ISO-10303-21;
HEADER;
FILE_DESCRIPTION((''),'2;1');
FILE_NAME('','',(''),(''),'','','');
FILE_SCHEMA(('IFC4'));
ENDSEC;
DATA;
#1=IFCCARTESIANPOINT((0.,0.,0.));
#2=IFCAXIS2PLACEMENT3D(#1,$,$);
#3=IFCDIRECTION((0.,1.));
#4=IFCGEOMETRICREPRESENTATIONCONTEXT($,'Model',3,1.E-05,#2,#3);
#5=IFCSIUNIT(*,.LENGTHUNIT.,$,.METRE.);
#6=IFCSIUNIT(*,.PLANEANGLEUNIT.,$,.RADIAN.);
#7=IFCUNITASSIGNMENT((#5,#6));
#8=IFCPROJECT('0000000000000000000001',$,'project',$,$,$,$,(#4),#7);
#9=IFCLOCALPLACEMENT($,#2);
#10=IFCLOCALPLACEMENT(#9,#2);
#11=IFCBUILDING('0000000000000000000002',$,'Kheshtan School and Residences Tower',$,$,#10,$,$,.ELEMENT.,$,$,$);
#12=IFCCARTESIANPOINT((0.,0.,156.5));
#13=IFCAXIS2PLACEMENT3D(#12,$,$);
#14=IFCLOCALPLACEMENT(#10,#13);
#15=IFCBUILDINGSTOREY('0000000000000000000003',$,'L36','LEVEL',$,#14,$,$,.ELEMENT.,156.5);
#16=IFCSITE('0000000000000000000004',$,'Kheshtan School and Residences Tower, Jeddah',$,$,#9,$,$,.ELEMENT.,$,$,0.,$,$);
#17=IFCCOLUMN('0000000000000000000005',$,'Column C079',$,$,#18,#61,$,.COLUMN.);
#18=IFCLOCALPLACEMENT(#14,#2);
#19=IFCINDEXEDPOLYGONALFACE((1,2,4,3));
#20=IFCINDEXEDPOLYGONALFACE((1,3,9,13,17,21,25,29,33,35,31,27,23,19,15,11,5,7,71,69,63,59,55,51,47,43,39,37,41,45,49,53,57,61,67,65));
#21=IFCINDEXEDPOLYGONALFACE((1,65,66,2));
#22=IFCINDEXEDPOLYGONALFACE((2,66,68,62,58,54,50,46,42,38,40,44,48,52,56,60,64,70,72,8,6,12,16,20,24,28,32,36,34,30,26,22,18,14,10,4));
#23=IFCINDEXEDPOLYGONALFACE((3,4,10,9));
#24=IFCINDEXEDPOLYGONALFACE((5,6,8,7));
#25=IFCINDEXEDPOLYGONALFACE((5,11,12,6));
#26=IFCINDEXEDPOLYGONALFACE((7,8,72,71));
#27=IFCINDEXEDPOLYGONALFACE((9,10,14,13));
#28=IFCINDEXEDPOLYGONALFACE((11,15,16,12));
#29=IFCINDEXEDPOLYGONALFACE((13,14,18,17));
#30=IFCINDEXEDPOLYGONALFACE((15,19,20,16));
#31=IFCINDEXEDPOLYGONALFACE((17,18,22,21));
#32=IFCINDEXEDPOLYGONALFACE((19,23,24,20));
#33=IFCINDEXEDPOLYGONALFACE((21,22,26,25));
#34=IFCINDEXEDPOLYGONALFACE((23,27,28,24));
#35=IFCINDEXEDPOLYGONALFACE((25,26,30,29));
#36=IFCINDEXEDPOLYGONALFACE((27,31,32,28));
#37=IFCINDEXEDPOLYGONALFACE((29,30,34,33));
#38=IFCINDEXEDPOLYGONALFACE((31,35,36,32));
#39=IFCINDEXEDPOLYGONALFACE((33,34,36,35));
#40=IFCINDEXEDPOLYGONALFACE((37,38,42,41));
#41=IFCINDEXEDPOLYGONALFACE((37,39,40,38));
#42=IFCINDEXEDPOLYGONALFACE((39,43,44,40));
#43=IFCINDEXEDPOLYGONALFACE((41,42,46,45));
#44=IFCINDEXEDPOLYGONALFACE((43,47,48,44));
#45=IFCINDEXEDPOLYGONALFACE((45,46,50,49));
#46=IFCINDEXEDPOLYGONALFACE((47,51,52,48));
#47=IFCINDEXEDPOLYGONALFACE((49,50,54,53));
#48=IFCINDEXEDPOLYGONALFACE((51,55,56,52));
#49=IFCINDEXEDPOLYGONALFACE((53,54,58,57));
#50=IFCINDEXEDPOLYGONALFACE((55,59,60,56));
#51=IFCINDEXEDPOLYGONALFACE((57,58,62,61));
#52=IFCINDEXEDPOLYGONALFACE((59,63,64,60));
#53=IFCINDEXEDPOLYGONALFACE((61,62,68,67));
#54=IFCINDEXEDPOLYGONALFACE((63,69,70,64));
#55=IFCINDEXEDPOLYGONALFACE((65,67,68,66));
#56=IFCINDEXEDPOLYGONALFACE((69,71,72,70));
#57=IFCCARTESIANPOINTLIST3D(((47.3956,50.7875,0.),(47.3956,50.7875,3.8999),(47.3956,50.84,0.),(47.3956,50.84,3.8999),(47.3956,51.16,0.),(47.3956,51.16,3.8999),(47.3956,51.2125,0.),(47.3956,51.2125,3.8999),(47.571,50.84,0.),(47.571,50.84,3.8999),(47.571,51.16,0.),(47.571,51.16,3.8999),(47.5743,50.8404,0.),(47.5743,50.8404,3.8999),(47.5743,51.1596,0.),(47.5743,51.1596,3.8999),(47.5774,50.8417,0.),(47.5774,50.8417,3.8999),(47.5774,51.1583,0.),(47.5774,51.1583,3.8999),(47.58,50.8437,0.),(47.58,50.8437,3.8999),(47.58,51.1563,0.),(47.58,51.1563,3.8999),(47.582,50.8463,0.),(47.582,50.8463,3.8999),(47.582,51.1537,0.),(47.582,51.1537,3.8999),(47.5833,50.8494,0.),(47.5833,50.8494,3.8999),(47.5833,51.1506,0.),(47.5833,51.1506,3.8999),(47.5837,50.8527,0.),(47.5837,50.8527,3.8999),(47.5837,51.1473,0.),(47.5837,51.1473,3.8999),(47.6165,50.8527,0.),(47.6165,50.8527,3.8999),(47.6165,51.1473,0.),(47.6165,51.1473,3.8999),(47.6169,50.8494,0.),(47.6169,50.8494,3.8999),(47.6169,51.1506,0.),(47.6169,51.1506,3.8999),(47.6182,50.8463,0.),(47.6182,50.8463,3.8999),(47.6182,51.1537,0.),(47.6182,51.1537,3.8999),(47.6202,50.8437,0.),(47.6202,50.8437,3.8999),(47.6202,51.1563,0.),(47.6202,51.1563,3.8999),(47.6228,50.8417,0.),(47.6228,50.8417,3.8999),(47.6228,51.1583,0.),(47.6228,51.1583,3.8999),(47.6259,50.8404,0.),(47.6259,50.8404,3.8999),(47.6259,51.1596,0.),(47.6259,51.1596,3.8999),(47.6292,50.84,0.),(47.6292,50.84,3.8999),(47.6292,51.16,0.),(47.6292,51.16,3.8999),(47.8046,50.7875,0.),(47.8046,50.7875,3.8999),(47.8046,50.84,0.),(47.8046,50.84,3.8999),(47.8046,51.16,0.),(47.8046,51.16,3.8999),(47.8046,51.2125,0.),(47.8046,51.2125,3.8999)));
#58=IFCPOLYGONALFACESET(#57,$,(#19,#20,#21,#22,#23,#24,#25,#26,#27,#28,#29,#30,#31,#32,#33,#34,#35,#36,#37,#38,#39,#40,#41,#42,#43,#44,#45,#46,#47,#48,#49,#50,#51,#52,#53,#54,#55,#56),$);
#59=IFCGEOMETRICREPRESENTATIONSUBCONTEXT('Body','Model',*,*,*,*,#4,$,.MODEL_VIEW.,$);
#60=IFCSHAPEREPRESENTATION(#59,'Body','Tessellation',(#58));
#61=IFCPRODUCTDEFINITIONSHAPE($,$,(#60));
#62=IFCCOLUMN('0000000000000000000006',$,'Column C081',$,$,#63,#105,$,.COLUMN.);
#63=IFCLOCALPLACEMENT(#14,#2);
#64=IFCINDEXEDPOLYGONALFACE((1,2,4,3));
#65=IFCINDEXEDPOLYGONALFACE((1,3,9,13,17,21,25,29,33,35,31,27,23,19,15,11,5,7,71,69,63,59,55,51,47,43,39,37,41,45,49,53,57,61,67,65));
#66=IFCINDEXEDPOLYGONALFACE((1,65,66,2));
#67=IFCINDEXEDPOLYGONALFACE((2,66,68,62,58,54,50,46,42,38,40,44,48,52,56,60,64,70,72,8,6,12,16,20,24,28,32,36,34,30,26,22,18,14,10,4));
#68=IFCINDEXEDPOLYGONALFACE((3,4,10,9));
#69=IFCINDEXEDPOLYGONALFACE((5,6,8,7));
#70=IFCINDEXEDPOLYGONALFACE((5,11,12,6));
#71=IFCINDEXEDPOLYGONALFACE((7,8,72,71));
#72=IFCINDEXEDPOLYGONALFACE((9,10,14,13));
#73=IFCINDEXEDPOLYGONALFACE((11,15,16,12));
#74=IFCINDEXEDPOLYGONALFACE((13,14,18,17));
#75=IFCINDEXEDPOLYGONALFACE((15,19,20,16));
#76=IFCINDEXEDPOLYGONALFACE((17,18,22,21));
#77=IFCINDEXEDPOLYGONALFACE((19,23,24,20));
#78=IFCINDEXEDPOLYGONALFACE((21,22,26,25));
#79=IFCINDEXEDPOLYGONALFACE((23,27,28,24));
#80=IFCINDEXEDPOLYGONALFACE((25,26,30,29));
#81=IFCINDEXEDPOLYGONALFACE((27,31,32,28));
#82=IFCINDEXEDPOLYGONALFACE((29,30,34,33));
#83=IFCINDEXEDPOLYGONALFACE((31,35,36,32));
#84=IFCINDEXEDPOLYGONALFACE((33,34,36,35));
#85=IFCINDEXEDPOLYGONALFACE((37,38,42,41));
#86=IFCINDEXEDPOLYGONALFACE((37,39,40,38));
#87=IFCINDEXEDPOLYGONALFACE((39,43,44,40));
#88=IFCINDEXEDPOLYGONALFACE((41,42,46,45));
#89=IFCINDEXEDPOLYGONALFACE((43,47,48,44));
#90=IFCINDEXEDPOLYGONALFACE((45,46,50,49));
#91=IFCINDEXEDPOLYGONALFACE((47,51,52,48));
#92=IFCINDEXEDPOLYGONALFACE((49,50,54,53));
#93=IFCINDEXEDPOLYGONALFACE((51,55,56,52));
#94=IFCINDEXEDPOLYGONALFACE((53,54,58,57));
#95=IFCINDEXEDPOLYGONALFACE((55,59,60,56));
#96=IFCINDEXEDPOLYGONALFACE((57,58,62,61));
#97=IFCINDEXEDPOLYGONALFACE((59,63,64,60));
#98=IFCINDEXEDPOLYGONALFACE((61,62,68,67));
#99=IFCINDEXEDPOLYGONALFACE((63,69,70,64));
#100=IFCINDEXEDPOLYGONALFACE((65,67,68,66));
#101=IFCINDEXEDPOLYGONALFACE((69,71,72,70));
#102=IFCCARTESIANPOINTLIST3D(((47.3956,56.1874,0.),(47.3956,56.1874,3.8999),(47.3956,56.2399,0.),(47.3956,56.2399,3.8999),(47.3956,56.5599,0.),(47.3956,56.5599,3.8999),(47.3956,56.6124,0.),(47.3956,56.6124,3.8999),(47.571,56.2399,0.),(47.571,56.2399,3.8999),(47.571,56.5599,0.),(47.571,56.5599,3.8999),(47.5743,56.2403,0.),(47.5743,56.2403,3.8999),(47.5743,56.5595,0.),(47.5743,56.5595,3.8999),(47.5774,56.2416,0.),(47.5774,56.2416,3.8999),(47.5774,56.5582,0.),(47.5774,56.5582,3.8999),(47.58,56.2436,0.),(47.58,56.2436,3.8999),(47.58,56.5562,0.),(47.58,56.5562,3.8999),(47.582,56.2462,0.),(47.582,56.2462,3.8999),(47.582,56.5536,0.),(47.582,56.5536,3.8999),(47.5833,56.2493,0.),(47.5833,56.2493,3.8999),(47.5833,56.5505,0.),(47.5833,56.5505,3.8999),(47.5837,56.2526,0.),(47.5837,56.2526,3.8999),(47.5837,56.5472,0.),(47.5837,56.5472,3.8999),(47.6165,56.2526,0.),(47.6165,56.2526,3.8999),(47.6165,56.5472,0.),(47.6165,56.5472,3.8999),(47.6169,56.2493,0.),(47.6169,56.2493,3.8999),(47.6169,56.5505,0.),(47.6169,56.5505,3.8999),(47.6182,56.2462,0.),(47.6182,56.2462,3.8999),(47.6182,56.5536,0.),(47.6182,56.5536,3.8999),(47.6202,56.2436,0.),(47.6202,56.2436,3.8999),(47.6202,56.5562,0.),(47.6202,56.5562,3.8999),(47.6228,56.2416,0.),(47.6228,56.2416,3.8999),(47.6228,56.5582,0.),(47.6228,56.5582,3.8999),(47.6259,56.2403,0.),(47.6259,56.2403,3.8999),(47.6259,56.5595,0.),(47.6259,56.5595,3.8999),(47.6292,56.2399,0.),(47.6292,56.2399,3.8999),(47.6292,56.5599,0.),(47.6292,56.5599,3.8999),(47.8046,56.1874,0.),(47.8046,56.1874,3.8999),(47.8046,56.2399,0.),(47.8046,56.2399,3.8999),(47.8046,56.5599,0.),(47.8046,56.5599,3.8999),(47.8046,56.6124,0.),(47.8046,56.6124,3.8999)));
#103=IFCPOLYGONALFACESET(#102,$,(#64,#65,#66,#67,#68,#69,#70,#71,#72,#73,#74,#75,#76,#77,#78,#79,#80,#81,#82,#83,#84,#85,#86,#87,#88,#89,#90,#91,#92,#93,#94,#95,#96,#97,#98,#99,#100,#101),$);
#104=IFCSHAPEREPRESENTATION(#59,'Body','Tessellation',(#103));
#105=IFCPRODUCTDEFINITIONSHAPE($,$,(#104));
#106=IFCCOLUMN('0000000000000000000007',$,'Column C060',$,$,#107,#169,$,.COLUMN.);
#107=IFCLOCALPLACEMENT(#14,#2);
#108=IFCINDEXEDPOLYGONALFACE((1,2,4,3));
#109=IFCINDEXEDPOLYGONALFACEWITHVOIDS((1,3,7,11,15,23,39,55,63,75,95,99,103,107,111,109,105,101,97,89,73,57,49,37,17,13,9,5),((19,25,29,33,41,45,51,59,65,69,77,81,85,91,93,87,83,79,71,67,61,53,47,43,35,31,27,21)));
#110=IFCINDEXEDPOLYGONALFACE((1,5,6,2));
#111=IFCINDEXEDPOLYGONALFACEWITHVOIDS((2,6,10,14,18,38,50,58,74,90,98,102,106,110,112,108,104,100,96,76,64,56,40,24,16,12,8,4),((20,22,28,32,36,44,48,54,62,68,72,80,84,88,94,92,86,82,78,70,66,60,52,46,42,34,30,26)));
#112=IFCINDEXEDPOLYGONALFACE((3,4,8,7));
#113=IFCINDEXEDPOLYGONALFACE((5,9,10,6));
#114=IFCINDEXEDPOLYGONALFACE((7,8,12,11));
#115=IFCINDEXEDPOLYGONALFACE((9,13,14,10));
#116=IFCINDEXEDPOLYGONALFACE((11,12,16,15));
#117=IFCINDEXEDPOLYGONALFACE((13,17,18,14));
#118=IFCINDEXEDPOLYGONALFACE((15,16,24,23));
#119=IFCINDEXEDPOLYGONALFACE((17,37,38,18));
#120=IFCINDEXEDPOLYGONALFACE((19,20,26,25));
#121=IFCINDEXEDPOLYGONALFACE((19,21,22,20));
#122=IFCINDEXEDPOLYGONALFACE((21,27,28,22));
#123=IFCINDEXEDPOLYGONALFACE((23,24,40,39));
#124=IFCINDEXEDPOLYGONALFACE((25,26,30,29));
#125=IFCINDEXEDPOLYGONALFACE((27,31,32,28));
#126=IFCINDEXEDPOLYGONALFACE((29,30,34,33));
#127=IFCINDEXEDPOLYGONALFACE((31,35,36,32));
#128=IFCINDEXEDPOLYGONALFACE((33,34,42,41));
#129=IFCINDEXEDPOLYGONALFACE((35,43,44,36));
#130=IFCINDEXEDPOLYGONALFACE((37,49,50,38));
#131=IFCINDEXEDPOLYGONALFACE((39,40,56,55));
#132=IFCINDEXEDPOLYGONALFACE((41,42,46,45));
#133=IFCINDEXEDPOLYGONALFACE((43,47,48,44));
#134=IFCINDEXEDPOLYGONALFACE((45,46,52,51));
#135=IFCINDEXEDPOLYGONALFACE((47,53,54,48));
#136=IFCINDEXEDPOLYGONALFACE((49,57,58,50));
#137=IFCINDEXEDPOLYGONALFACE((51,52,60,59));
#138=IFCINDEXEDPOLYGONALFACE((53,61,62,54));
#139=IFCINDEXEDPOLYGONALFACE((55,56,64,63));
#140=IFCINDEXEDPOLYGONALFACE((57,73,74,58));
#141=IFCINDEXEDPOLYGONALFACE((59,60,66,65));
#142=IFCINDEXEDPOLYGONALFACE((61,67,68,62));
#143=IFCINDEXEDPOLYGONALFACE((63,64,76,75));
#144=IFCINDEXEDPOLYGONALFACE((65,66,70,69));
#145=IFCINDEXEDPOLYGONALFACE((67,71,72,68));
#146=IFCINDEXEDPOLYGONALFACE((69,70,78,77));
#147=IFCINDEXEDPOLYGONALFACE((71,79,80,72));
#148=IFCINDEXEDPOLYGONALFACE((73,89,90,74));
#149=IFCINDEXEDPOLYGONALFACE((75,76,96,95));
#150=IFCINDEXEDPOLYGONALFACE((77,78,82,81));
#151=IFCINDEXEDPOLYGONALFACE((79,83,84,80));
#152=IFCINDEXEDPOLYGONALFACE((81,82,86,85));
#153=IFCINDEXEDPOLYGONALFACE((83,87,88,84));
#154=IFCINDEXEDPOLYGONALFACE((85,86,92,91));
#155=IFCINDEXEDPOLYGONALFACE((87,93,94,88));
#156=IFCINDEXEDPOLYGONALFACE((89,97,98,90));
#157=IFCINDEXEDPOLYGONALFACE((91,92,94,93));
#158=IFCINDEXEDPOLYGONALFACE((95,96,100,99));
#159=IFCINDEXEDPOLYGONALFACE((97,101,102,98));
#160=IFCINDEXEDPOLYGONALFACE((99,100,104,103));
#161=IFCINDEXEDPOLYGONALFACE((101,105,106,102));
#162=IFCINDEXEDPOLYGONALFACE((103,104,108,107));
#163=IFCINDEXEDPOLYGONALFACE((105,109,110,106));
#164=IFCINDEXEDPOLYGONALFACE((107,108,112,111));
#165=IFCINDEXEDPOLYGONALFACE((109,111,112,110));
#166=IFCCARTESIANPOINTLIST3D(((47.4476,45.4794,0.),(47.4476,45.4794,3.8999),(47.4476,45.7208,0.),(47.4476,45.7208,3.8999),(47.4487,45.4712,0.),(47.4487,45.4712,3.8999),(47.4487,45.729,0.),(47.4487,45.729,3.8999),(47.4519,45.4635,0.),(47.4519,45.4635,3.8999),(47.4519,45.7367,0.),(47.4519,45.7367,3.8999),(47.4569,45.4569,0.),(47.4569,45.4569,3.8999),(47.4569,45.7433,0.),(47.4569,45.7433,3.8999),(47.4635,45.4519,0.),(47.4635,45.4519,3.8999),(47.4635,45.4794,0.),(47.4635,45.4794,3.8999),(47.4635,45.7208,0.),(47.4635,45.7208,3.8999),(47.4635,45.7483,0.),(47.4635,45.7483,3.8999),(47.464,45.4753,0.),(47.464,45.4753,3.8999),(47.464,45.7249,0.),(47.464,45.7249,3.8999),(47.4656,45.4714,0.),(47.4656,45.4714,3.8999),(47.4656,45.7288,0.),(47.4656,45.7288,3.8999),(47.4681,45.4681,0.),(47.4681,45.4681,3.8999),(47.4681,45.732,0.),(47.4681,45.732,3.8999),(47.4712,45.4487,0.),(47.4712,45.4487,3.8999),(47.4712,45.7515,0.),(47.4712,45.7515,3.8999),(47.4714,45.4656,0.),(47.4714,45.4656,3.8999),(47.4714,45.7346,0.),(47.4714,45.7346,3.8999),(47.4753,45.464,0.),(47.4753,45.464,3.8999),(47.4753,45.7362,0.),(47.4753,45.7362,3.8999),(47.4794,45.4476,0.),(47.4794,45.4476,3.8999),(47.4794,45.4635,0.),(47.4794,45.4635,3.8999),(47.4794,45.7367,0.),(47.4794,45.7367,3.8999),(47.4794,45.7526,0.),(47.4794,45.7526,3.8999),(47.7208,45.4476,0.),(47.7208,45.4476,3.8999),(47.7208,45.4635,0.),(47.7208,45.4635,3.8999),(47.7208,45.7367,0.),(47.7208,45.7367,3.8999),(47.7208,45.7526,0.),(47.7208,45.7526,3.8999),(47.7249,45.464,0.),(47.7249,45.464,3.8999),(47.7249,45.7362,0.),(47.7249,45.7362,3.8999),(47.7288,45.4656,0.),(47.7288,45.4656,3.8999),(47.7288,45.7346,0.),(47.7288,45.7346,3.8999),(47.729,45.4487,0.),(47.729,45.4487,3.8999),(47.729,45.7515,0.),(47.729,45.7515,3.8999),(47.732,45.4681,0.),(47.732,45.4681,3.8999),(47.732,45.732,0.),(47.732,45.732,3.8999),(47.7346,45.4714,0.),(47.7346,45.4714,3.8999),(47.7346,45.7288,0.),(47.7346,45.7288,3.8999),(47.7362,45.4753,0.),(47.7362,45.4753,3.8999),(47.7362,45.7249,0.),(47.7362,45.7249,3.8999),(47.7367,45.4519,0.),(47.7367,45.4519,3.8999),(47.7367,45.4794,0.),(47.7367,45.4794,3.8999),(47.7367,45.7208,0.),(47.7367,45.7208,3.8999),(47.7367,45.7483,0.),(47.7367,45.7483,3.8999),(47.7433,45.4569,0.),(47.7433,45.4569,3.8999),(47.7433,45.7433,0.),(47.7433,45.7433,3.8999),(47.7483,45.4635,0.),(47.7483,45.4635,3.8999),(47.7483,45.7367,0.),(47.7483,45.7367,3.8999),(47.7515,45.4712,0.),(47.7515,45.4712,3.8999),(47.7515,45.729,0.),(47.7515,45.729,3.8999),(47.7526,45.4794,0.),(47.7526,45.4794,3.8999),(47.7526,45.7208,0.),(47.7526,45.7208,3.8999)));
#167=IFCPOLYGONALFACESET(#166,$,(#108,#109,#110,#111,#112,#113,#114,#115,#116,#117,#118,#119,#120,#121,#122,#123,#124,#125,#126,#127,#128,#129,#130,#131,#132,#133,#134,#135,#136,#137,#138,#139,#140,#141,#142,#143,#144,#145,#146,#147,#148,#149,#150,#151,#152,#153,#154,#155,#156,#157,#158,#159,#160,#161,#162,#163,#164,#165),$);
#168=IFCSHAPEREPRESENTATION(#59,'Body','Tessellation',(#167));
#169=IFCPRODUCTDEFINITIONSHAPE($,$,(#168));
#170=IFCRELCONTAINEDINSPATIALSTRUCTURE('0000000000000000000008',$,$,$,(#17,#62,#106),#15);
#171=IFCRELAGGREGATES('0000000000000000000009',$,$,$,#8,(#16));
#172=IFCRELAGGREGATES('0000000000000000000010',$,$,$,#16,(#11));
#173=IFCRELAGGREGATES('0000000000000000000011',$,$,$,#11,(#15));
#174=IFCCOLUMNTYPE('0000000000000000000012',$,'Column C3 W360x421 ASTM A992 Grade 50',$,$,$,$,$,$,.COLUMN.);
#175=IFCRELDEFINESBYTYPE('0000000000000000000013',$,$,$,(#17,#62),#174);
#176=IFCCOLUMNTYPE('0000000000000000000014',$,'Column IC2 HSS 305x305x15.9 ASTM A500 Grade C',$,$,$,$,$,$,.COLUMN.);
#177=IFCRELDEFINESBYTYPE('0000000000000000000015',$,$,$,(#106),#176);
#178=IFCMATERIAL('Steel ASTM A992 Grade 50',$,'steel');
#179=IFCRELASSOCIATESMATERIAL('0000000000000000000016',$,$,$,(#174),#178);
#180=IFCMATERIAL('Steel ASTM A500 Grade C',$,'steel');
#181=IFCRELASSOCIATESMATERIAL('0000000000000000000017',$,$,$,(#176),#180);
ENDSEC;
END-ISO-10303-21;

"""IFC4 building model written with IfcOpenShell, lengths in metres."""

from ifc_helpers import new_model, si_unit, direction, frame, origin, origin_2d, place, context, subcontext, project, spatial, hollow_rectangle, i_section, extrude, material, material_profile, profile_set, type_object, element, save


model = new_model("IFC4")

# Units and contexts
model_context = context("Model", 3, precision=1e-05, world=origin(), true_north=direction((0.0, 1.0)))
body_context = subcontext(model_context, "Body", "Model", "MODEL_VIEW")
ifc_project = project(units=[si_unit("LENGTHUNIT", "METRE"), si_unit("PLANEANGLEUNIT", "RADIAN")], contexts=[model_context])

# Site, building, storey
site_placement = place(None, origin())
site = spatial("IfcSite", under=ifc_project, at=site_placement, Name="Kheshtan School and Residences Tower, Jeddah", CompositionType="ELEMENT", RefElevation=0.0)
building_placement = place(site_placement, origin())
building = spatial("IfcBuilding", under=site, at=building_placement, Name="Kheshtan School and Residences Tower", CompositionType="ELEMENT")
storey_placement = place(building_placement, frame((0.0, 0.0, 156.5)))
storey = spatial("IfcBuildingStorey", under=building, at=storey_placement, Name="L36", Description="LEVEL", CompositionType="ELEMENT", Elevation=156.5)

# Columns
ifc_material_1 = material(Name="Steel ASTM A992 Grade 50", Category="steel")
ifc_material_profile_1 = material_profile(ifc_material_1, i_section(OverallWidth=0.4089, OverallDepth=0.425, WebThickness=0.0327, FlangeThickness=0.0525, FilletRadius=0.0127, at=origin_2d()), Name="W360x421")
ifc_profile_set_1 = profile_set([ifc_material_profile_1], Name="Steel ASTM A992 Grade 50")
column_type_1 = type_object("IfcColumnType", Name="Column C3 W360x421 ASTM A992 Grade 50", PredefinedType="COLUMN", material=ifc_profile_set_1)
for number, where, z_axis, x_axis, name in (
    (1, (47.6001, 51.0, 0.0), (0.0, 0.0, 1.0), (1.0, 0.0, 0.0), "Column C079"),
    (2, (47.6001, 56.3999, 0.0), (0.0, 0.0, 1.0), (1.0, 0.0, 0.0), "Column C081"),
):
    element("IfcColumn", number, at=place(storey_placement, frame(where, z_axis=z_axis, x_axis=x_axis)), inside=storey, type_object=column_type_1, Name=name, PredefinedType="COLUMN", context=body_context, shape_type="SweptSolid", body=[
        extrude(i_section(OverallWidth=0.4089, OverallDepth=0.425, WebThickness=0.0327, FlangeThickness=0.0525, FilletRadius=0.0127, at=origin_2d()), origin(), (0.0, 0.0, 1.0), 3.8999),
    ])
ifc_material_2 = material(Name="Steel ASTM A500 Grade C", Category="steel")
ifc_material_profile_2 = material_profile(ifc_material_2, hollow_rectangle(XDim=0.3049, YDim=0.3049, WallThickness=0.0159, InnerFilletRadius=0.0159, OuterFilletRadius=0.0317, at=origin_2d()), Name="HSS 305x305x15.9")
ifc_profile_set_2 = profile_set([ifc_material_profile_2], Name="Steel ASTM A500 Grade C")
column_type_2 = type_object("IfcColumnType", Name="Column IC2 HSS 305x305x15.9 ASTM A500 Grade C", PredefinedType="COLUMN", material=ifc_profile_set_2)
column_placement = place(storey_placement, frame((47.6001, 45.6001, 0.0), z_axis=(0.0, 0.0, 1.0), x_axis=(1.0, 0.0, 0.0)))
element("IfcColumn", 3, at=column_placement, inside=storey, type_object=column_type_2, Name="Column C060", PredefinedType="COLUMN", context=body_context, shape_type="SweptSolid", body=[
    extrude(hollow_rectangle(XDim=0.3049, YDim=0.3049, WallThickness=0.0159, InnerFilletRadius=0.0159, OuterFilletRadius=0.0317, at=origin_2d()), origin(), (0.0, 0.0, 1.0), 3.8999),
])

save(model, "model.ifc")
